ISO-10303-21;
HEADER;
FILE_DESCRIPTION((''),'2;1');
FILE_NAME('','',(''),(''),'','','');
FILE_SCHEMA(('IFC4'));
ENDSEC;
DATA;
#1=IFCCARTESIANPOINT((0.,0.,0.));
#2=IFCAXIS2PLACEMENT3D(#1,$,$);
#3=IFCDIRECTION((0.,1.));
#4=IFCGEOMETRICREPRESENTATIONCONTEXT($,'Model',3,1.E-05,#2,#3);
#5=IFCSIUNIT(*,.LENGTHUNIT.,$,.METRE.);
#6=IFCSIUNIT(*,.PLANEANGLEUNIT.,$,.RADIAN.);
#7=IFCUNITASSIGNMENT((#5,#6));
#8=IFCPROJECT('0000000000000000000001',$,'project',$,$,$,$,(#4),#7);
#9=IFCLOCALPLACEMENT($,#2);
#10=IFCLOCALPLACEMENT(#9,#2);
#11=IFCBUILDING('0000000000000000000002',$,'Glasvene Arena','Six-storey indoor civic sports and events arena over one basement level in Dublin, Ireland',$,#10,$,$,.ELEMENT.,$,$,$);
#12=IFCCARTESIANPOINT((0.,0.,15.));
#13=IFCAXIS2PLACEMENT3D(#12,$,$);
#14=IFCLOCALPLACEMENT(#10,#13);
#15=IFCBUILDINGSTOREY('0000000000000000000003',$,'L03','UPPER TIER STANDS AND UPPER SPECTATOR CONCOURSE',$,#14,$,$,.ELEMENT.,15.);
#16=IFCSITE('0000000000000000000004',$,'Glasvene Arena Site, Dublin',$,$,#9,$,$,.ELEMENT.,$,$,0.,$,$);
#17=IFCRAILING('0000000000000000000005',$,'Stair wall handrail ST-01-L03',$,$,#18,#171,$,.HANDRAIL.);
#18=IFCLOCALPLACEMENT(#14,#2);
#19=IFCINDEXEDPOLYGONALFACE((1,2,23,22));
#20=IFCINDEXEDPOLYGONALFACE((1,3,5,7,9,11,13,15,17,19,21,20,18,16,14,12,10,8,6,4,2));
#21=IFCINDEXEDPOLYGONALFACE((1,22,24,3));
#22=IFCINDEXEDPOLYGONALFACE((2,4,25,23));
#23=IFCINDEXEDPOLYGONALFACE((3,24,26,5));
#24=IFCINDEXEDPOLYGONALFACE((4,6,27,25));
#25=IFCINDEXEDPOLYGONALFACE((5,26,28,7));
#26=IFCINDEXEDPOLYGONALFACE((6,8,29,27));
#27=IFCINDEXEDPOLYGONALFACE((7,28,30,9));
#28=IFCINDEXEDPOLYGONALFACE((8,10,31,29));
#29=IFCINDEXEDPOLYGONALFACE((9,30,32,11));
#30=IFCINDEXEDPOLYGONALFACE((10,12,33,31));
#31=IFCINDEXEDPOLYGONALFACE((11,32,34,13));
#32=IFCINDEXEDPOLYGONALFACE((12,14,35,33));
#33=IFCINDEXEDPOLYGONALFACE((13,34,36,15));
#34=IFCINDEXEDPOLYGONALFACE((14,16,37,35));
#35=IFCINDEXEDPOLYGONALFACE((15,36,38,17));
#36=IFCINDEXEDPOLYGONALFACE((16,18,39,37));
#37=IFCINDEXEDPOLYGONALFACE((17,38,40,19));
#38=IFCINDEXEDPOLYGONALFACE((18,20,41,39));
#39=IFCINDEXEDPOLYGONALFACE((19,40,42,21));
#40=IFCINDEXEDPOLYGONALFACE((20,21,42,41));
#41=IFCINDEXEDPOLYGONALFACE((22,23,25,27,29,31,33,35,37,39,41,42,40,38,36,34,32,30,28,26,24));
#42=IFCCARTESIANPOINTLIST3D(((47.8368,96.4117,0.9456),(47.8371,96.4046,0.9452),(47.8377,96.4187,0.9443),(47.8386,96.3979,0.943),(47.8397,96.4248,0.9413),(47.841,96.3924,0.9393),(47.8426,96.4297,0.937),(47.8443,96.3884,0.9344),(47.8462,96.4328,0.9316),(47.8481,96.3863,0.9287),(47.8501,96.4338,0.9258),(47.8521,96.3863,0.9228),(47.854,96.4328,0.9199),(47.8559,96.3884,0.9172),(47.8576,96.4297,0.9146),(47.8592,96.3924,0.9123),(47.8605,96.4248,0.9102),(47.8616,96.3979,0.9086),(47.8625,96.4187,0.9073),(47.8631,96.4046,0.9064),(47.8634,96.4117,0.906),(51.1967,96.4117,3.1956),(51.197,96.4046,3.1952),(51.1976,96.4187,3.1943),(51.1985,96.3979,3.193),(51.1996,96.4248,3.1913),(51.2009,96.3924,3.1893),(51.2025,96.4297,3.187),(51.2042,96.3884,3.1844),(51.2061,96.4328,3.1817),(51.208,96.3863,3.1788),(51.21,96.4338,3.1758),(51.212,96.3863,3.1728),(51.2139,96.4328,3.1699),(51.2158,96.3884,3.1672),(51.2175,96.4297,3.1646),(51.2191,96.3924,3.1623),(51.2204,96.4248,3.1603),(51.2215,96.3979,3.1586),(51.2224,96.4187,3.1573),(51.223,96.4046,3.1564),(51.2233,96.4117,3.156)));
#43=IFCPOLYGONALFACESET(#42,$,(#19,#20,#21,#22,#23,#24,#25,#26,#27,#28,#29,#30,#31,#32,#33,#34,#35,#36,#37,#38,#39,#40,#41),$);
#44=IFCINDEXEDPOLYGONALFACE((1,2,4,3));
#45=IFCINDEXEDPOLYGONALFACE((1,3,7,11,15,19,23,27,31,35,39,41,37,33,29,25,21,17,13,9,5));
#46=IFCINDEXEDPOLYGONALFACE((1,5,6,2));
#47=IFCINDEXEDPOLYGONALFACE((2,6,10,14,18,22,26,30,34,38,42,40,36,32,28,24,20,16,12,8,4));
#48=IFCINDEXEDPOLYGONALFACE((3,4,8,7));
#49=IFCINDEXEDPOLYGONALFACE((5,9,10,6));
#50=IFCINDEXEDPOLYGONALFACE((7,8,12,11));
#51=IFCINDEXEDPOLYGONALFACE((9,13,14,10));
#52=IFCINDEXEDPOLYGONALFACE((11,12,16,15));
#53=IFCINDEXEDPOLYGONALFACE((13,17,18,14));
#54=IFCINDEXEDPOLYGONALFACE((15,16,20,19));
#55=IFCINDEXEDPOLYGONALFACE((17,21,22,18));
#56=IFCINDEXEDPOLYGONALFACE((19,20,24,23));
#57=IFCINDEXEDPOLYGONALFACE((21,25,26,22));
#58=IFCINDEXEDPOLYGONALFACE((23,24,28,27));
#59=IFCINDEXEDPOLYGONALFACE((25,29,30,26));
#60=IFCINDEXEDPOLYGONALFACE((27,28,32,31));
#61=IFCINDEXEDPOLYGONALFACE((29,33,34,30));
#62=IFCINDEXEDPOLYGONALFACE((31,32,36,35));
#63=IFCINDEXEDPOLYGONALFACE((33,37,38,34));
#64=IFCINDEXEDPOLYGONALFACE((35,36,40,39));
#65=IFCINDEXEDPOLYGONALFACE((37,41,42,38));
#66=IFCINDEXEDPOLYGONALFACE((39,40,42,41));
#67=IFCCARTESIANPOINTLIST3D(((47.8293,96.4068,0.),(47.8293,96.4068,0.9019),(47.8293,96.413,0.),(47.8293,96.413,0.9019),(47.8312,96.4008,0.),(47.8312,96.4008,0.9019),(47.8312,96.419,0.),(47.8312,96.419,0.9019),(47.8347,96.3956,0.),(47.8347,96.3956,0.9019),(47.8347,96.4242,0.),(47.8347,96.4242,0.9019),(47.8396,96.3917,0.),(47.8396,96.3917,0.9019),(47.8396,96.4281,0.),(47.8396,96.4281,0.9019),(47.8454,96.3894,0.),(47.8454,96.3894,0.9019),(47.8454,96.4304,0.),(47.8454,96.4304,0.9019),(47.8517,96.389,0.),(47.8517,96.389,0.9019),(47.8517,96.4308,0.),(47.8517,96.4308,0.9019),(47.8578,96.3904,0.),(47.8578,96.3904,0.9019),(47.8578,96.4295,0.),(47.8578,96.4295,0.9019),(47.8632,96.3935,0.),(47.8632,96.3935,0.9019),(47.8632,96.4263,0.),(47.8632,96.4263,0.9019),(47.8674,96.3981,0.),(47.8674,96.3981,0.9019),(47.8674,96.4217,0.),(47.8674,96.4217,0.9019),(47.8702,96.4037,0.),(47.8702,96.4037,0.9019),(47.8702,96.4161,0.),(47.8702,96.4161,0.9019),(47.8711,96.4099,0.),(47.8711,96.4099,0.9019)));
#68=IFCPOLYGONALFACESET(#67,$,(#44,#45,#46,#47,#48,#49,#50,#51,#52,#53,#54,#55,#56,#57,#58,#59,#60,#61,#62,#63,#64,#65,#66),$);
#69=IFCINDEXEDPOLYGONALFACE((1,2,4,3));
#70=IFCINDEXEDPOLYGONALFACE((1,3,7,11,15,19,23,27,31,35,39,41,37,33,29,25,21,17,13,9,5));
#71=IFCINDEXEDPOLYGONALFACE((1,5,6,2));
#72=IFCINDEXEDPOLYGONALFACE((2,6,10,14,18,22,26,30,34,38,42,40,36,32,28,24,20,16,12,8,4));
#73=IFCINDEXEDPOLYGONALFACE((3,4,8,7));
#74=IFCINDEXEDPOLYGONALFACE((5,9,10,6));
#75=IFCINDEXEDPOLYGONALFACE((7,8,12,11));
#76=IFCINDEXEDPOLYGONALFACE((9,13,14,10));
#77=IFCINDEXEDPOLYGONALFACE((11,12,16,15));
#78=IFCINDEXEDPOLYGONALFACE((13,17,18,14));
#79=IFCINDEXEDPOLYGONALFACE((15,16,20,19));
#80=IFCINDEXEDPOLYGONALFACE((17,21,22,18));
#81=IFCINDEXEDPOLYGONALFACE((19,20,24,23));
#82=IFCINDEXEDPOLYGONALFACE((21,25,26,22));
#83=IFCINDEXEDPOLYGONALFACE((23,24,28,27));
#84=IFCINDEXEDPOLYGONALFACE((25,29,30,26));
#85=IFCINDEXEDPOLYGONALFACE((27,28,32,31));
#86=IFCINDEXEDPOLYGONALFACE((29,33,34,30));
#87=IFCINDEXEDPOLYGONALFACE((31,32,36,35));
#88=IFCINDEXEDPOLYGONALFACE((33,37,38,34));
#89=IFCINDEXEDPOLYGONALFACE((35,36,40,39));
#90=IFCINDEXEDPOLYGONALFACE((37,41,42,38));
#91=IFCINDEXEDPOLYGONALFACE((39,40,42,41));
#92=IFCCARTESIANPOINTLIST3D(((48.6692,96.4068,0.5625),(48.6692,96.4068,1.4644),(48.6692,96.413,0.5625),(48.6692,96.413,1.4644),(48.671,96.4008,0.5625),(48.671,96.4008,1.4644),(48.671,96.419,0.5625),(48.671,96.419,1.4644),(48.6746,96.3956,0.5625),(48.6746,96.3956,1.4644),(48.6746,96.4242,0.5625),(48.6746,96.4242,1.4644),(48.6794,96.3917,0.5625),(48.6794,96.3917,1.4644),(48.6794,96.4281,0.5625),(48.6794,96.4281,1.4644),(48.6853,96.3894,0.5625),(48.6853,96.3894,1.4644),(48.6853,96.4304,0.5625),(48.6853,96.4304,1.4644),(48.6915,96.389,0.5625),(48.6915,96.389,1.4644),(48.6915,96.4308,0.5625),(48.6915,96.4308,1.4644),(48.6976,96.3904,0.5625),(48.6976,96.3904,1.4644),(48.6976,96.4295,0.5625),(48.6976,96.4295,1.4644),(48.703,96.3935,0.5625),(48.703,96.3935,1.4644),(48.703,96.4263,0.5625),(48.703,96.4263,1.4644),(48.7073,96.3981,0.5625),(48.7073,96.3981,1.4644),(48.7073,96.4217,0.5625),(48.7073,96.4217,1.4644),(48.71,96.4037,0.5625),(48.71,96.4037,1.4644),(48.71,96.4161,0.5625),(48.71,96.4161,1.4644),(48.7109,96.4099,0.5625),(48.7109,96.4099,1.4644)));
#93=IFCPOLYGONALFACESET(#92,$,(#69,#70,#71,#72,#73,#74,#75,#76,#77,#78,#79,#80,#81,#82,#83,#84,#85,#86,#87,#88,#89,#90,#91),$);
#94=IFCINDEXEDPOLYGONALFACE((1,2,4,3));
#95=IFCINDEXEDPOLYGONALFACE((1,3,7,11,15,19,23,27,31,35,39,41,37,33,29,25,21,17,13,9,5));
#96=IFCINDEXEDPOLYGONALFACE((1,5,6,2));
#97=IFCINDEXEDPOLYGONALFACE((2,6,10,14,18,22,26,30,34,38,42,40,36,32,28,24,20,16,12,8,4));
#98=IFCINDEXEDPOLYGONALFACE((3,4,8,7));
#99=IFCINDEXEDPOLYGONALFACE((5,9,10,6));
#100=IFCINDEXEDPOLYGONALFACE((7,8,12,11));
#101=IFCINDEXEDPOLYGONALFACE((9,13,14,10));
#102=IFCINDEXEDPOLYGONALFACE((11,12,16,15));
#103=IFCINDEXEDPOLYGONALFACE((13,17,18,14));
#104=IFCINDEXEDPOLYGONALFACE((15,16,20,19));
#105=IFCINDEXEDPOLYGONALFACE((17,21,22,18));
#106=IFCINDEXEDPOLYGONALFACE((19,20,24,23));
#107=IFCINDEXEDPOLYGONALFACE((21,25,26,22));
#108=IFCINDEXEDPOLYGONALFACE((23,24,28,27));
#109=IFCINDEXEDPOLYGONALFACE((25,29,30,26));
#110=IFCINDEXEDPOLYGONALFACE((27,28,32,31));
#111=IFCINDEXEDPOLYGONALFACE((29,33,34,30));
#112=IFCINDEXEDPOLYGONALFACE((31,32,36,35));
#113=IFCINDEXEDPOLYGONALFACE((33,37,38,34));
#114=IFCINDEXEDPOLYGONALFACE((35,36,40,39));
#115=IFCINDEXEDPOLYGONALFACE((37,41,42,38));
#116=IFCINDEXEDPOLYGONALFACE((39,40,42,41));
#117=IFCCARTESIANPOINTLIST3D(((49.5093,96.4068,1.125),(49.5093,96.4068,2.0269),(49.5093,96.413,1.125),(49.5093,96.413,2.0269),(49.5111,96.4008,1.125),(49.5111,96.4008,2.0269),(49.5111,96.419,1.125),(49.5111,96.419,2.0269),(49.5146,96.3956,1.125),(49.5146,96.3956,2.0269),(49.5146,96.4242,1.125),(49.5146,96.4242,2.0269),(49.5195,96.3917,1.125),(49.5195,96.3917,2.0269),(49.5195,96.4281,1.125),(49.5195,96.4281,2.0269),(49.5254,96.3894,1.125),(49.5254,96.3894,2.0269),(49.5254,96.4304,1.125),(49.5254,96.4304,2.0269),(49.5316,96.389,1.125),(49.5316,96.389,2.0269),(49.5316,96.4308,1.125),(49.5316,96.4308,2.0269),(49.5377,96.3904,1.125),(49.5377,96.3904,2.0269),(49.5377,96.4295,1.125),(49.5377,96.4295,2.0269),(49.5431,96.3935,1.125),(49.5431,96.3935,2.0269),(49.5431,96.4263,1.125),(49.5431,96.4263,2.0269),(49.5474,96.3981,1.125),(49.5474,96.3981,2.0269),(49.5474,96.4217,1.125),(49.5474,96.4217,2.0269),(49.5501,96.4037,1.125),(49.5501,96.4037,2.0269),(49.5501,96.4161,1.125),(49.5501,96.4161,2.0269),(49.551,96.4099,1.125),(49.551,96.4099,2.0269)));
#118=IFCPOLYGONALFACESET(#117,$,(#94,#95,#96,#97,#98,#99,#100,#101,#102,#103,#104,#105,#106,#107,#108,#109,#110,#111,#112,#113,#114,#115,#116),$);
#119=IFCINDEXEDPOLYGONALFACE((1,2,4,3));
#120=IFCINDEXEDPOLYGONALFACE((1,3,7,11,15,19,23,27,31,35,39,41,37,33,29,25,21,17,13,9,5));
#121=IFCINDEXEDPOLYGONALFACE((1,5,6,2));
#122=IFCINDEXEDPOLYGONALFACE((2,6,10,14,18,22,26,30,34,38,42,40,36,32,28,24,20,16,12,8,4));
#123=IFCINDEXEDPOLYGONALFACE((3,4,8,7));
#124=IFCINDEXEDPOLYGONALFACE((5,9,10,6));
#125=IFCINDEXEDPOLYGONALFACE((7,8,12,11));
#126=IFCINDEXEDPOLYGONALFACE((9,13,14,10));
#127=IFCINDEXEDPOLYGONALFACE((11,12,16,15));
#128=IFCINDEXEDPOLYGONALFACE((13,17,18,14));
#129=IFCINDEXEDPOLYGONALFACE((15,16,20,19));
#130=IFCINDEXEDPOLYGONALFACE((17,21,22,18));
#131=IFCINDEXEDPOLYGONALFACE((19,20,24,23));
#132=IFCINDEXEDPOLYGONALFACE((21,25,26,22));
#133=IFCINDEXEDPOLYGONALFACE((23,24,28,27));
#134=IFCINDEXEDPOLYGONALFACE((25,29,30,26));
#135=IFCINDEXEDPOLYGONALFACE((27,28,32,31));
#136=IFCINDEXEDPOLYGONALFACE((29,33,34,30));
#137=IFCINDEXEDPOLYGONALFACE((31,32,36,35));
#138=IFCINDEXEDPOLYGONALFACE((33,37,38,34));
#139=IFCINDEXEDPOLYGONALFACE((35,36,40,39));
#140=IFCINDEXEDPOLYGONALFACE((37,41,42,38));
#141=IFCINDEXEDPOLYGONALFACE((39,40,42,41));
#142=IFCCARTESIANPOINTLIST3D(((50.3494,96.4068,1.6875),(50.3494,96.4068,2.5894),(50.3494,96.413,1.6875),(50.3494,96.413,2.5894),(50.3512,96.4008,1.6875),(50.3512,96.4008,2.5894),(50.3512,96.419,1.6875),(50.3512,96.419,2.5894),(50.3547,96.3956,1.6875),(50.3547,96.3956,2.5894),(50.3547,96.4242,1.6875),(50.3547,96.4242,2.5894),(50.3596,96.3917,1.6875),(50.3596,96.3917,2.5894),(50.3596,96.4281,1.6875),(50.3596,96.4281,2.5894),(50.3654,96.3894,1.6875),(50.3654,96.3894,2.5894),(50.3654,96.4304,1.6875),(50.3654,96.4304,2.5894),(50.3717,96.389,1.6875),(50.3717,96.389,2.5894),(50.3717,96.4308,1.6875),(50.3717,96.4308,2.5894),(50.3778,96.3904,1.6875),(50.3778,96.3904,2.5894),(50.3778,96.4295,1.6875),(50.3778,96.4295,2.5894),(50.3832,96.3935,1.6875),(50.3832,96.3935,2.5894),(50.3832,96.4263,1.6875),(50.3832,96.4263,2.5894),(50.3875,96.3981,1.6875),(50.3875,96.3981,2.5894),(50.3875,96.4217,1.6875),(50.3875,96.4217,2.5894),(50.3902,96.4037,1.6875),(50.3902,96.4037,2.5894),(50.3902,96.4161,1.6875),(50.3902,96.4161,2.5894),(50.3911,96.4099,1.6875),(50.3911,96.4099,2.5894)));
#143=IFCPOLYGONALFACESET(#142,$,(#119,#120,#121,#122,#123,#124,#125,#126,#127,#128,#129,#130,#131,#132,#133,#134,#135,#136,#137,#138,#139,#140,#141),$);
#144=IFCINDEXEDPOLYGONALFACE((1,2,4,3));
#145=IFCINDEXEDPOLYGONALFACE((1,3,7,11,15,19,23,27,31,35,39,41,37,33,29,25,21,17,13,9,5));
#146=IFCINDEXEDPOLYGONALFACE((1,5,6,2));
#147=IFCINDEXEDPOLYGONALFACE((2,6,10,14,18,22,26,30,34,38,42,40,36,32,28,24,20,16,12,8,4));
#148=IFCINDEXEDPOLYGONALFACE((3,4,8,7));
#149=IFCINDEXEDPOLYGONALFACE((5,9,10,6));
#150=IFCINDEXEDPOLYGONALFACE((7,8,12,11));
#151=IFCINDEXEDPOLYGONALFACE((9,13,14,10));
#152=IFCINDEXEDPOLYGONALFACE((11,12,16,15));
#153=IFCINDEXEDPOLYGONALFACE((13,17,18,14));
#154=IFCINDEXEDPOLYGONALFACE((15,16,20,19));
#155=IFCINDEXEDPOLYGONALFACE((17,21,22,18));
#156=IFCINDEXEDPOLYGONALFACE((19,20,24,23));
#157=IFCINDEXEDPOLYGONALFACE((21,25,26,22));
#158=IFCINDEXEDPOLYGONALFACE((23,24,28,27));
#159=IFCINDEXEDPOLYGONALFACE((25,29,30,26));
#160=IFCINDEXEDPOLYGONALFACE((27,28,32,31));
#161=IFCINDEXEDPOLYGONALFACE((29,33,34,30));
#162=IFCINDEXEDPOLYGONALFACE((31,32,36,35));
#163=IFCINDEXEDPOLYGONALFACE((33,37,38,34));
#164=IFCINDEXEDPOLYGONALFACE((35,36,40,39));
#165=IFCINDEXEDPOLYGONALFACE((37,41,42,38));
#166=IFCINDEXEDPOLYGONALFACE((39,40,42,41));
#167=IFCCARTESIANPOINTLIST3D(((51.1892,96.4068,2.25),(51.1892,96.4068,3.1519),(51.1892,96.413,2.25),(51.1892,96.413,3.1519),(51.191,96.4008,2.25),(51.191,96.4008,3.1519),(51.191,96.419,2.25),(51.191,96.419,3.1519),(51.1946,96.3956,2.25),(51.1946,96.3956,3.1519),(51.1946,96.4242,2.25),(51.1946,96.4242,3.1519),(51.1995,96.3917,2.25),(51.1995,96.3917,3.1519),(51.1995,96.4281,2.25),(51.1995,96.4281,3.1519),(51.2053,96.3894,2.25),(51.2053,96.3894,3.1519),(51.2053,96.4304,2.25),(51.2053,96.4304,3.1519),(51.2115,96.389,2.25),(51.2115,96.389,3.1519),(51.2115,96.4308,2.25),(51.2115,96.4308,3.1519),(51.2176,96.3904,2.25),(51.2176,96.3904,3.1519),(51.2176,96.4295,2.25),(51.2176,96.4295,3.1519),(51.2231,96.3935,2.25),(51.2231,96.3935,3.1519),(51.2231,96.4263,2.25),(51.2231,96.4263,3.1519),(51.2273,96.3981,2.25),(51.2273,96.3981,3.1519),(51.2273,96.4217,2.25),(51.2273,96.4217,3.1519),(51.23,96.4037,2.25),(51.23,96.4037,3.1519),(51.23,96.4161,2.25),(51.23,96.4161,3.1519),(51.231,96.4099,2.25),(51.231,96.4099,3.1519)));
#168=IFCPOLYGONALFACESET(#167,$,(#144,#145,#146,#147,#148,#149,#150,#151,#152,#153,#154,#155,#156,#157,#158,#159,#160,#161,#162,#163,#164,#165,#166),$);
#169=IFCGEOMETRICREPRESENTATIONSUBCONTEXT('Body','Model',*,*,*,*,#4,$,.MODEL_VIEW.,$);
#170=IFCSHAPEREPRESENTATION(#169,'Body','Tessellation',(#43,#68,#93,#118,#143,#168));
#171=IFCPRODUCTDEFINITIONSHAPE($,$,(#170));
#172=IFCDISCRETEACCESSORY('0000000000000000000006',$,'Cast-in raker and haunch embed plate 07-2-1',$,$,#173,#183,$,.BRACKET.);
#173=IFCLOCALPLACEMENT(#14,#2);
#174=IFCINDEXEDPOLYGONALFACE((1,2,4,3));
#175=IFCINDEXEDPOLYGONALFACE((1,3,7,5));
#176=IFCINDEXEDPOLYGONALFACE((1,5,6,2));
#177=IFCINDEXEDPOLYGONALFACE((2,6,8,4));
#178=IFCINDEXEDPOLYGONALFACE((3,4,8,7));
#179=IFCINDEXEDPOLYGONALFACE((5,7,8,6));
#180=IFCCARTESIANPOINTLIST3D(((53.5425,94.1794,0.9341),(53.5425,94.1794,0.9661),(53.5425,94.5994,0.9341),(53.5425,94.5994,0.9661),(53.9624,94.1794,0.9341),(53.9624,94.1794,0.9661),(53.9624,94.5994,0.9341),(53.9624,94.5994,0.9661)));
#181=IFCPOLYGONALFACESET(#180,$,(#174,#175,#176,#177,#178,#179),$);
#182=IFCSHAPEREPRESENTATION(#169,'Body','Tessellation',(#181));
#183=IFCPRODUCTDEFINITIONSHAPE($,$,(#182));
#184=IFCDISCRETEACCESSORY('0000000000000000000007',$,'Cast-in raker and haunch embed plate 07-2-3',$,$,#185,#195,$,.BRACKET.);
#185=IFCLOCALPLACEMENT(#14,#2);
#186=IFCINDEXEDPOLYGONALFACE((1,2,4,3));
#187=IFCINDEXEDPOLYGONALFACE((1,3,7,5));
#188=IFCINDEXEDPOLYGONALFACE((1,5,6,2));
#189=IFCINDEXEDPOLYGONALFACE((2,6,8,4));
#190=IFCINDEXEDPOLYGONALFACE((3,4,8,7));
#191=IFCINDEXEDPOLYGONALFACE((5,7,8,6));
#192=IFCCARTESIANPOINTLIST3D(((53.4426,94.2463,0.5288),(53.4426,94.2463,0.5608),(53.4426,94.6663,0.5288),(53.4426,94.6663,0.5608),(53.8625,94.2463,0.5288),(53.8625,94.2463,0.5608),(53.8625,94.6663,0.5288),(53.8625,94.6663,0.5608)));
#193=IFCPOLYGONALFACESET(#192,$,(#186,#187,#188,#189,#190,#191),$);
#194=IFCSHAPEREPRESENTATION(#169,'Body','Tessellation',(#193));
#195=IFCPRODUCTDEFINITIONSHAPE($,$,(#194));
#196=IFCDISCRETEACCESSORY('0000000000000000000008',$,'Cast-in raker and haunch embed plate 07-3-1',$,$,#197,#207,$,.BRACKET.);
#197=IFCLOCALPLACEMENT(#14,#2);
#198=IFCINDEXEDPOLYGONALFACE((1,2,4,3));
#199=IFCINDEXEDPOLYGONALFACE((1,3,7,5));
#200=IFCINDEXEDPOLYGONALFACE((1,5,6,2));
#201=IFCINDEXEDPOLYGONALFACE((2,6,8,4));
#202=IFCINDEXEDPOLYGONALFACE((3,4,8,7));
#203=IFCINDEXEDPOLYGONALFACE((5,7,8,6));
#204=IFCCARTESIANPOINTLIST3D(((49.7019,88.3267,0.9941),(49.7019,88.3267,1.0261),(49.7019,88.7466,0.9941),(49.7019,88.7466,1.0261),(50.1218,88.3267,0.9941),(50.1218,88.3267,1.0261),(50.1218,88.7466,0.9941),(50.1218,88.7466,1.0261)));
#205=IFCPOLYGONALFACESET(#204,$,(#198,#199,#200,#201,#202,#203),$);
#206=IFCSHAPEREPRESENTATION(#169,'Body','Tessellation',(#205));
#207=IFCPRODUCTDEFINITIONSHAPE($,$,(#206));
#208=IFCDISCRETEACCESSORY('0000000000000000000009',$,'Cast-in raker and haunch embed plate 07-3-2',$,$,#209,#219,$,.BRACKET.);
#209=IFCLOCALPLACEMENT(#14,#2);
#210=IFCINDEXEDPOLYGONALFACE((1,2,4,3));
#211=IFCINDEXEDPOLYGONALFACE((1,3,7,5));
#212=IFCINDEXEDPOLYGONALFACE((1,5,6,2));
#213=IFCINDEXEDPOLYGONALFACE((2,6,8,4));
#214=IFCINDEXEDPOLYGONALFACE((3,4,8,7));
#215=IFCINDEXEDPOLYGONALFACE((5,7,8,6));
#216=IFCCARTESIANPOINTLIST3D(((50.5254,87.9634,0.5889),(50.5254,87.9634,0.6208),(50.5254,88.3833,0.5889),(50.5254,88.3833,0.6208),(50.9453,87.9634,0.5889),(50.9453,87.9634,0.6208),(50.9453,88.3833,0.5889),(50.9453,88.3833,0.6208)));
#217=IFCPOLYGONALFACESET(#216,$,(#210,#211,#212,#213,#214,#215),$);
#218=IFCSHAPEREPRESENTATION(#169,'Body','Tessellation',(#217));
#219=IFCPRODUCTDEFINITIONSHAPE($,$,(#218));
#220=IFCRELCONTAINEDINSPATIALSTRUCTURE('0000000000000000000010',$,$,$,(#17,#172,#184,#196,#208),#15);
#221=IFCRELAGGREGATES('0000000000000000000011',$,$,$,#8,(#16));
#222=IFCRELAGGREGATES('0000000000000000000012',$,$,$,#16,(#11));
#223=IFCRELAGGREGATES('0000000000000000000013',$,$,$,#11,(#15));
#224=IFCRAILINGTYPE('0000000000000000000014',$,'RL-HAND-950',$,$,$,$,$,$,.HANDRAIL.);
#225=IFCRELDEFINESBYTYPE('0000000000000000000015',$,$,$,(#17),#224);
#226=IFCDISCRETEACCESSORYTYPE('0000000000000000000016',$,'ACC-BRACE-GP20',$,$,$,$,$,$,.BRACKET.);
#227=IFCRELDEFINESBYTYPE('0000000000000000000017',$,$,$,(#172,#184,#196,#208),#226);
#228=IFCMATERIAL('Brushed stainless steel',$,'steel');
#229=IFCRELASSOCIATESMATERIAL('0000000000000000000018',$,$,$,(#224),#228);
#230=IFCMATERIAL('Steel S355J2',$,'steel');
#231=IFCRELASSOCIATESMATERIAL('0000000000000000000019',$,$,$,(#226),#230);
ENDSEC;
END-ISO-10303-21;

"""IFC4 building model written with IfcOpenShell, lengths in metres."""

from ifc_helpers import new_model, si_unit, direction, frame, origin, origin_2d, place, context, subcontext, project, spatial, rectangle, circle, extrude, material, type_object, element, save


model = new_model("IFC4")

# Units and contexts
model_context = context("Model", 3, precision=1e-05, world=origin(), true_north=direction((0.0, 1.0)))
body_context = subcontext(model_context, "Body", "Model", "MODEL_VIEW")
ifc_project = project(units=[si_unit("LENGTHUNIT", "METRE"), si_unit("PLANEANGLEUNIT", "RADIAN")], contexts=[model_context])

# Site, building, storey
site_placement = place(None, origin())
site = spatial("IfcSite", under=ifc_project, at=site_placement, Name="Glasvene Arena Site, Dublin", CompositionType="ELEMENT", RefElevation=0.0)
building_placement = place(site_placement, origin())
building = spatial("IfcBuilding", under=site, at=building_placement, Name="Glasvene Arena", Description="Six-storey indoor civic sports and events arena over one basement level in Dublin, Ireland", CompositionType="ELEMENT")
storey_placement = place(building_placement, frame((0.0, 0.0, 15.0)))
storey = spatial("IfcBuildingStorey", under=building, at=storey_placement, Name="L03", Description="UPPER TIER STANDS AND UPPER SPECTATOR CONCOURSE", CompositionType="ELEMENT", Elevation=15.0)

# Shared definitions
ifc_material_1 = material(Name="Steel S355J2", Category="steel")

# Shared definitions
ifc_material_2 = material(Name="Brushed stainless steel", Category="steel")

# Railing
railing_type_1 = type_object("IfcRailingType", Name="RL-HAND-950", PredefinedType="HANDRAIL", material=ifc_material_2)
railing_1_placement = place(storey_placement, frame((47.8501, 96.4099, 0.0)))
element("IfcRailing", 1, at=railing_1_placement, inside=storey, type_object=railing_type_1, Name="Stair wall handrail ST-01-L03", PredefinedType="HANDRAIL", context=body_context, shape_type="SweptSolid", body=[
    extrude(circle(Radius=0.0239, at=origin_2d()), frame((0.0, 0.0, 0.9258), z_axis=(0.830897, 0.0, 0.556427), x_axis=(0.0, 1.0, 0.0)), (0.0, 0.0, 1.0), 4.0437),
    extrude(circle(Radius=0.021, at=origin_2d()), origin(), (0.0, 0.0, 1.0), 0.9019),
    extrude(circle(Radius=0.021, at=origin_2d()), frame((0.8398, 0.0, 0.5625)), (0.0, 0.0, 1.0), 0.9019),
    extrude(circle(Radius=0.021, at=origin_2d()), frame((1.6799, 0.0, 1.125)), (0.0, 0.0, 1.0), 0.9019),
    extrude(circle(Radius=0.021, at=origin_2d()), frame((2.52, 0.0, 1.6875)), (0.0, 0.0, 1.0), 0.9019),
    extrude(circle(Radius=0.021, at=origin_2d()), frame((3.3599, 0.0, 2.25)), (0.0, 0.0, 1.0), 0.9019),
])

# Discrete accessories
discrete_accessory_type = type_object("IfcDiscreteAccessoryType", Name="ACC-BRACE-GP20", PredefinedType="BRACKET", material=ifc_material_1)
for number, where, z_axis, x_axis, name in (
    (2, (53.7524, 94.3894, 0.9341), (0.0, 0.0, 1.0), (1.0, 0.0, 0.0), "Cast-in raker and haunch embed plate 07-2-1"),
    (3, (53.6526, 94.4563, 0.5288), (0.0, 0.0, 1.0), (1.0, 0.0, 0.0), "Cast-in raker and haunch embed plate 07-2-3"),
    (4, (49.9119, 88.5366, 0.9941), (0.0, 0.0, 1.0), (1.0, 0.0, 0.0), "Cast-in raker and haunch embed plate 07-3-1"),
    (5, (50.7354, 88.1733, 0.5889), (0.0, 0.0, 1.0), (1.0, 0.0, 0.0), "Cast-in raker and haunch embed plate 07-3-2"),
):
    element("IfcDiscreteAccessory", number, at=place(storey_placement, frame(where, z_axis=z_axis, x_axis=x_axis)), inside=storey, type_object=discrete_accessory_type, Name=name, PredefinedType="BRACKET", context=body_context, shape_type="SweptSolid", body=[
        extrude(rectangle(XDim=0.4199, YDim=0.4199, at=origin_2d()), origin(), (0.0, 0.0, 1.0), 0.032),
    ])

save(model, "model.ifc")
